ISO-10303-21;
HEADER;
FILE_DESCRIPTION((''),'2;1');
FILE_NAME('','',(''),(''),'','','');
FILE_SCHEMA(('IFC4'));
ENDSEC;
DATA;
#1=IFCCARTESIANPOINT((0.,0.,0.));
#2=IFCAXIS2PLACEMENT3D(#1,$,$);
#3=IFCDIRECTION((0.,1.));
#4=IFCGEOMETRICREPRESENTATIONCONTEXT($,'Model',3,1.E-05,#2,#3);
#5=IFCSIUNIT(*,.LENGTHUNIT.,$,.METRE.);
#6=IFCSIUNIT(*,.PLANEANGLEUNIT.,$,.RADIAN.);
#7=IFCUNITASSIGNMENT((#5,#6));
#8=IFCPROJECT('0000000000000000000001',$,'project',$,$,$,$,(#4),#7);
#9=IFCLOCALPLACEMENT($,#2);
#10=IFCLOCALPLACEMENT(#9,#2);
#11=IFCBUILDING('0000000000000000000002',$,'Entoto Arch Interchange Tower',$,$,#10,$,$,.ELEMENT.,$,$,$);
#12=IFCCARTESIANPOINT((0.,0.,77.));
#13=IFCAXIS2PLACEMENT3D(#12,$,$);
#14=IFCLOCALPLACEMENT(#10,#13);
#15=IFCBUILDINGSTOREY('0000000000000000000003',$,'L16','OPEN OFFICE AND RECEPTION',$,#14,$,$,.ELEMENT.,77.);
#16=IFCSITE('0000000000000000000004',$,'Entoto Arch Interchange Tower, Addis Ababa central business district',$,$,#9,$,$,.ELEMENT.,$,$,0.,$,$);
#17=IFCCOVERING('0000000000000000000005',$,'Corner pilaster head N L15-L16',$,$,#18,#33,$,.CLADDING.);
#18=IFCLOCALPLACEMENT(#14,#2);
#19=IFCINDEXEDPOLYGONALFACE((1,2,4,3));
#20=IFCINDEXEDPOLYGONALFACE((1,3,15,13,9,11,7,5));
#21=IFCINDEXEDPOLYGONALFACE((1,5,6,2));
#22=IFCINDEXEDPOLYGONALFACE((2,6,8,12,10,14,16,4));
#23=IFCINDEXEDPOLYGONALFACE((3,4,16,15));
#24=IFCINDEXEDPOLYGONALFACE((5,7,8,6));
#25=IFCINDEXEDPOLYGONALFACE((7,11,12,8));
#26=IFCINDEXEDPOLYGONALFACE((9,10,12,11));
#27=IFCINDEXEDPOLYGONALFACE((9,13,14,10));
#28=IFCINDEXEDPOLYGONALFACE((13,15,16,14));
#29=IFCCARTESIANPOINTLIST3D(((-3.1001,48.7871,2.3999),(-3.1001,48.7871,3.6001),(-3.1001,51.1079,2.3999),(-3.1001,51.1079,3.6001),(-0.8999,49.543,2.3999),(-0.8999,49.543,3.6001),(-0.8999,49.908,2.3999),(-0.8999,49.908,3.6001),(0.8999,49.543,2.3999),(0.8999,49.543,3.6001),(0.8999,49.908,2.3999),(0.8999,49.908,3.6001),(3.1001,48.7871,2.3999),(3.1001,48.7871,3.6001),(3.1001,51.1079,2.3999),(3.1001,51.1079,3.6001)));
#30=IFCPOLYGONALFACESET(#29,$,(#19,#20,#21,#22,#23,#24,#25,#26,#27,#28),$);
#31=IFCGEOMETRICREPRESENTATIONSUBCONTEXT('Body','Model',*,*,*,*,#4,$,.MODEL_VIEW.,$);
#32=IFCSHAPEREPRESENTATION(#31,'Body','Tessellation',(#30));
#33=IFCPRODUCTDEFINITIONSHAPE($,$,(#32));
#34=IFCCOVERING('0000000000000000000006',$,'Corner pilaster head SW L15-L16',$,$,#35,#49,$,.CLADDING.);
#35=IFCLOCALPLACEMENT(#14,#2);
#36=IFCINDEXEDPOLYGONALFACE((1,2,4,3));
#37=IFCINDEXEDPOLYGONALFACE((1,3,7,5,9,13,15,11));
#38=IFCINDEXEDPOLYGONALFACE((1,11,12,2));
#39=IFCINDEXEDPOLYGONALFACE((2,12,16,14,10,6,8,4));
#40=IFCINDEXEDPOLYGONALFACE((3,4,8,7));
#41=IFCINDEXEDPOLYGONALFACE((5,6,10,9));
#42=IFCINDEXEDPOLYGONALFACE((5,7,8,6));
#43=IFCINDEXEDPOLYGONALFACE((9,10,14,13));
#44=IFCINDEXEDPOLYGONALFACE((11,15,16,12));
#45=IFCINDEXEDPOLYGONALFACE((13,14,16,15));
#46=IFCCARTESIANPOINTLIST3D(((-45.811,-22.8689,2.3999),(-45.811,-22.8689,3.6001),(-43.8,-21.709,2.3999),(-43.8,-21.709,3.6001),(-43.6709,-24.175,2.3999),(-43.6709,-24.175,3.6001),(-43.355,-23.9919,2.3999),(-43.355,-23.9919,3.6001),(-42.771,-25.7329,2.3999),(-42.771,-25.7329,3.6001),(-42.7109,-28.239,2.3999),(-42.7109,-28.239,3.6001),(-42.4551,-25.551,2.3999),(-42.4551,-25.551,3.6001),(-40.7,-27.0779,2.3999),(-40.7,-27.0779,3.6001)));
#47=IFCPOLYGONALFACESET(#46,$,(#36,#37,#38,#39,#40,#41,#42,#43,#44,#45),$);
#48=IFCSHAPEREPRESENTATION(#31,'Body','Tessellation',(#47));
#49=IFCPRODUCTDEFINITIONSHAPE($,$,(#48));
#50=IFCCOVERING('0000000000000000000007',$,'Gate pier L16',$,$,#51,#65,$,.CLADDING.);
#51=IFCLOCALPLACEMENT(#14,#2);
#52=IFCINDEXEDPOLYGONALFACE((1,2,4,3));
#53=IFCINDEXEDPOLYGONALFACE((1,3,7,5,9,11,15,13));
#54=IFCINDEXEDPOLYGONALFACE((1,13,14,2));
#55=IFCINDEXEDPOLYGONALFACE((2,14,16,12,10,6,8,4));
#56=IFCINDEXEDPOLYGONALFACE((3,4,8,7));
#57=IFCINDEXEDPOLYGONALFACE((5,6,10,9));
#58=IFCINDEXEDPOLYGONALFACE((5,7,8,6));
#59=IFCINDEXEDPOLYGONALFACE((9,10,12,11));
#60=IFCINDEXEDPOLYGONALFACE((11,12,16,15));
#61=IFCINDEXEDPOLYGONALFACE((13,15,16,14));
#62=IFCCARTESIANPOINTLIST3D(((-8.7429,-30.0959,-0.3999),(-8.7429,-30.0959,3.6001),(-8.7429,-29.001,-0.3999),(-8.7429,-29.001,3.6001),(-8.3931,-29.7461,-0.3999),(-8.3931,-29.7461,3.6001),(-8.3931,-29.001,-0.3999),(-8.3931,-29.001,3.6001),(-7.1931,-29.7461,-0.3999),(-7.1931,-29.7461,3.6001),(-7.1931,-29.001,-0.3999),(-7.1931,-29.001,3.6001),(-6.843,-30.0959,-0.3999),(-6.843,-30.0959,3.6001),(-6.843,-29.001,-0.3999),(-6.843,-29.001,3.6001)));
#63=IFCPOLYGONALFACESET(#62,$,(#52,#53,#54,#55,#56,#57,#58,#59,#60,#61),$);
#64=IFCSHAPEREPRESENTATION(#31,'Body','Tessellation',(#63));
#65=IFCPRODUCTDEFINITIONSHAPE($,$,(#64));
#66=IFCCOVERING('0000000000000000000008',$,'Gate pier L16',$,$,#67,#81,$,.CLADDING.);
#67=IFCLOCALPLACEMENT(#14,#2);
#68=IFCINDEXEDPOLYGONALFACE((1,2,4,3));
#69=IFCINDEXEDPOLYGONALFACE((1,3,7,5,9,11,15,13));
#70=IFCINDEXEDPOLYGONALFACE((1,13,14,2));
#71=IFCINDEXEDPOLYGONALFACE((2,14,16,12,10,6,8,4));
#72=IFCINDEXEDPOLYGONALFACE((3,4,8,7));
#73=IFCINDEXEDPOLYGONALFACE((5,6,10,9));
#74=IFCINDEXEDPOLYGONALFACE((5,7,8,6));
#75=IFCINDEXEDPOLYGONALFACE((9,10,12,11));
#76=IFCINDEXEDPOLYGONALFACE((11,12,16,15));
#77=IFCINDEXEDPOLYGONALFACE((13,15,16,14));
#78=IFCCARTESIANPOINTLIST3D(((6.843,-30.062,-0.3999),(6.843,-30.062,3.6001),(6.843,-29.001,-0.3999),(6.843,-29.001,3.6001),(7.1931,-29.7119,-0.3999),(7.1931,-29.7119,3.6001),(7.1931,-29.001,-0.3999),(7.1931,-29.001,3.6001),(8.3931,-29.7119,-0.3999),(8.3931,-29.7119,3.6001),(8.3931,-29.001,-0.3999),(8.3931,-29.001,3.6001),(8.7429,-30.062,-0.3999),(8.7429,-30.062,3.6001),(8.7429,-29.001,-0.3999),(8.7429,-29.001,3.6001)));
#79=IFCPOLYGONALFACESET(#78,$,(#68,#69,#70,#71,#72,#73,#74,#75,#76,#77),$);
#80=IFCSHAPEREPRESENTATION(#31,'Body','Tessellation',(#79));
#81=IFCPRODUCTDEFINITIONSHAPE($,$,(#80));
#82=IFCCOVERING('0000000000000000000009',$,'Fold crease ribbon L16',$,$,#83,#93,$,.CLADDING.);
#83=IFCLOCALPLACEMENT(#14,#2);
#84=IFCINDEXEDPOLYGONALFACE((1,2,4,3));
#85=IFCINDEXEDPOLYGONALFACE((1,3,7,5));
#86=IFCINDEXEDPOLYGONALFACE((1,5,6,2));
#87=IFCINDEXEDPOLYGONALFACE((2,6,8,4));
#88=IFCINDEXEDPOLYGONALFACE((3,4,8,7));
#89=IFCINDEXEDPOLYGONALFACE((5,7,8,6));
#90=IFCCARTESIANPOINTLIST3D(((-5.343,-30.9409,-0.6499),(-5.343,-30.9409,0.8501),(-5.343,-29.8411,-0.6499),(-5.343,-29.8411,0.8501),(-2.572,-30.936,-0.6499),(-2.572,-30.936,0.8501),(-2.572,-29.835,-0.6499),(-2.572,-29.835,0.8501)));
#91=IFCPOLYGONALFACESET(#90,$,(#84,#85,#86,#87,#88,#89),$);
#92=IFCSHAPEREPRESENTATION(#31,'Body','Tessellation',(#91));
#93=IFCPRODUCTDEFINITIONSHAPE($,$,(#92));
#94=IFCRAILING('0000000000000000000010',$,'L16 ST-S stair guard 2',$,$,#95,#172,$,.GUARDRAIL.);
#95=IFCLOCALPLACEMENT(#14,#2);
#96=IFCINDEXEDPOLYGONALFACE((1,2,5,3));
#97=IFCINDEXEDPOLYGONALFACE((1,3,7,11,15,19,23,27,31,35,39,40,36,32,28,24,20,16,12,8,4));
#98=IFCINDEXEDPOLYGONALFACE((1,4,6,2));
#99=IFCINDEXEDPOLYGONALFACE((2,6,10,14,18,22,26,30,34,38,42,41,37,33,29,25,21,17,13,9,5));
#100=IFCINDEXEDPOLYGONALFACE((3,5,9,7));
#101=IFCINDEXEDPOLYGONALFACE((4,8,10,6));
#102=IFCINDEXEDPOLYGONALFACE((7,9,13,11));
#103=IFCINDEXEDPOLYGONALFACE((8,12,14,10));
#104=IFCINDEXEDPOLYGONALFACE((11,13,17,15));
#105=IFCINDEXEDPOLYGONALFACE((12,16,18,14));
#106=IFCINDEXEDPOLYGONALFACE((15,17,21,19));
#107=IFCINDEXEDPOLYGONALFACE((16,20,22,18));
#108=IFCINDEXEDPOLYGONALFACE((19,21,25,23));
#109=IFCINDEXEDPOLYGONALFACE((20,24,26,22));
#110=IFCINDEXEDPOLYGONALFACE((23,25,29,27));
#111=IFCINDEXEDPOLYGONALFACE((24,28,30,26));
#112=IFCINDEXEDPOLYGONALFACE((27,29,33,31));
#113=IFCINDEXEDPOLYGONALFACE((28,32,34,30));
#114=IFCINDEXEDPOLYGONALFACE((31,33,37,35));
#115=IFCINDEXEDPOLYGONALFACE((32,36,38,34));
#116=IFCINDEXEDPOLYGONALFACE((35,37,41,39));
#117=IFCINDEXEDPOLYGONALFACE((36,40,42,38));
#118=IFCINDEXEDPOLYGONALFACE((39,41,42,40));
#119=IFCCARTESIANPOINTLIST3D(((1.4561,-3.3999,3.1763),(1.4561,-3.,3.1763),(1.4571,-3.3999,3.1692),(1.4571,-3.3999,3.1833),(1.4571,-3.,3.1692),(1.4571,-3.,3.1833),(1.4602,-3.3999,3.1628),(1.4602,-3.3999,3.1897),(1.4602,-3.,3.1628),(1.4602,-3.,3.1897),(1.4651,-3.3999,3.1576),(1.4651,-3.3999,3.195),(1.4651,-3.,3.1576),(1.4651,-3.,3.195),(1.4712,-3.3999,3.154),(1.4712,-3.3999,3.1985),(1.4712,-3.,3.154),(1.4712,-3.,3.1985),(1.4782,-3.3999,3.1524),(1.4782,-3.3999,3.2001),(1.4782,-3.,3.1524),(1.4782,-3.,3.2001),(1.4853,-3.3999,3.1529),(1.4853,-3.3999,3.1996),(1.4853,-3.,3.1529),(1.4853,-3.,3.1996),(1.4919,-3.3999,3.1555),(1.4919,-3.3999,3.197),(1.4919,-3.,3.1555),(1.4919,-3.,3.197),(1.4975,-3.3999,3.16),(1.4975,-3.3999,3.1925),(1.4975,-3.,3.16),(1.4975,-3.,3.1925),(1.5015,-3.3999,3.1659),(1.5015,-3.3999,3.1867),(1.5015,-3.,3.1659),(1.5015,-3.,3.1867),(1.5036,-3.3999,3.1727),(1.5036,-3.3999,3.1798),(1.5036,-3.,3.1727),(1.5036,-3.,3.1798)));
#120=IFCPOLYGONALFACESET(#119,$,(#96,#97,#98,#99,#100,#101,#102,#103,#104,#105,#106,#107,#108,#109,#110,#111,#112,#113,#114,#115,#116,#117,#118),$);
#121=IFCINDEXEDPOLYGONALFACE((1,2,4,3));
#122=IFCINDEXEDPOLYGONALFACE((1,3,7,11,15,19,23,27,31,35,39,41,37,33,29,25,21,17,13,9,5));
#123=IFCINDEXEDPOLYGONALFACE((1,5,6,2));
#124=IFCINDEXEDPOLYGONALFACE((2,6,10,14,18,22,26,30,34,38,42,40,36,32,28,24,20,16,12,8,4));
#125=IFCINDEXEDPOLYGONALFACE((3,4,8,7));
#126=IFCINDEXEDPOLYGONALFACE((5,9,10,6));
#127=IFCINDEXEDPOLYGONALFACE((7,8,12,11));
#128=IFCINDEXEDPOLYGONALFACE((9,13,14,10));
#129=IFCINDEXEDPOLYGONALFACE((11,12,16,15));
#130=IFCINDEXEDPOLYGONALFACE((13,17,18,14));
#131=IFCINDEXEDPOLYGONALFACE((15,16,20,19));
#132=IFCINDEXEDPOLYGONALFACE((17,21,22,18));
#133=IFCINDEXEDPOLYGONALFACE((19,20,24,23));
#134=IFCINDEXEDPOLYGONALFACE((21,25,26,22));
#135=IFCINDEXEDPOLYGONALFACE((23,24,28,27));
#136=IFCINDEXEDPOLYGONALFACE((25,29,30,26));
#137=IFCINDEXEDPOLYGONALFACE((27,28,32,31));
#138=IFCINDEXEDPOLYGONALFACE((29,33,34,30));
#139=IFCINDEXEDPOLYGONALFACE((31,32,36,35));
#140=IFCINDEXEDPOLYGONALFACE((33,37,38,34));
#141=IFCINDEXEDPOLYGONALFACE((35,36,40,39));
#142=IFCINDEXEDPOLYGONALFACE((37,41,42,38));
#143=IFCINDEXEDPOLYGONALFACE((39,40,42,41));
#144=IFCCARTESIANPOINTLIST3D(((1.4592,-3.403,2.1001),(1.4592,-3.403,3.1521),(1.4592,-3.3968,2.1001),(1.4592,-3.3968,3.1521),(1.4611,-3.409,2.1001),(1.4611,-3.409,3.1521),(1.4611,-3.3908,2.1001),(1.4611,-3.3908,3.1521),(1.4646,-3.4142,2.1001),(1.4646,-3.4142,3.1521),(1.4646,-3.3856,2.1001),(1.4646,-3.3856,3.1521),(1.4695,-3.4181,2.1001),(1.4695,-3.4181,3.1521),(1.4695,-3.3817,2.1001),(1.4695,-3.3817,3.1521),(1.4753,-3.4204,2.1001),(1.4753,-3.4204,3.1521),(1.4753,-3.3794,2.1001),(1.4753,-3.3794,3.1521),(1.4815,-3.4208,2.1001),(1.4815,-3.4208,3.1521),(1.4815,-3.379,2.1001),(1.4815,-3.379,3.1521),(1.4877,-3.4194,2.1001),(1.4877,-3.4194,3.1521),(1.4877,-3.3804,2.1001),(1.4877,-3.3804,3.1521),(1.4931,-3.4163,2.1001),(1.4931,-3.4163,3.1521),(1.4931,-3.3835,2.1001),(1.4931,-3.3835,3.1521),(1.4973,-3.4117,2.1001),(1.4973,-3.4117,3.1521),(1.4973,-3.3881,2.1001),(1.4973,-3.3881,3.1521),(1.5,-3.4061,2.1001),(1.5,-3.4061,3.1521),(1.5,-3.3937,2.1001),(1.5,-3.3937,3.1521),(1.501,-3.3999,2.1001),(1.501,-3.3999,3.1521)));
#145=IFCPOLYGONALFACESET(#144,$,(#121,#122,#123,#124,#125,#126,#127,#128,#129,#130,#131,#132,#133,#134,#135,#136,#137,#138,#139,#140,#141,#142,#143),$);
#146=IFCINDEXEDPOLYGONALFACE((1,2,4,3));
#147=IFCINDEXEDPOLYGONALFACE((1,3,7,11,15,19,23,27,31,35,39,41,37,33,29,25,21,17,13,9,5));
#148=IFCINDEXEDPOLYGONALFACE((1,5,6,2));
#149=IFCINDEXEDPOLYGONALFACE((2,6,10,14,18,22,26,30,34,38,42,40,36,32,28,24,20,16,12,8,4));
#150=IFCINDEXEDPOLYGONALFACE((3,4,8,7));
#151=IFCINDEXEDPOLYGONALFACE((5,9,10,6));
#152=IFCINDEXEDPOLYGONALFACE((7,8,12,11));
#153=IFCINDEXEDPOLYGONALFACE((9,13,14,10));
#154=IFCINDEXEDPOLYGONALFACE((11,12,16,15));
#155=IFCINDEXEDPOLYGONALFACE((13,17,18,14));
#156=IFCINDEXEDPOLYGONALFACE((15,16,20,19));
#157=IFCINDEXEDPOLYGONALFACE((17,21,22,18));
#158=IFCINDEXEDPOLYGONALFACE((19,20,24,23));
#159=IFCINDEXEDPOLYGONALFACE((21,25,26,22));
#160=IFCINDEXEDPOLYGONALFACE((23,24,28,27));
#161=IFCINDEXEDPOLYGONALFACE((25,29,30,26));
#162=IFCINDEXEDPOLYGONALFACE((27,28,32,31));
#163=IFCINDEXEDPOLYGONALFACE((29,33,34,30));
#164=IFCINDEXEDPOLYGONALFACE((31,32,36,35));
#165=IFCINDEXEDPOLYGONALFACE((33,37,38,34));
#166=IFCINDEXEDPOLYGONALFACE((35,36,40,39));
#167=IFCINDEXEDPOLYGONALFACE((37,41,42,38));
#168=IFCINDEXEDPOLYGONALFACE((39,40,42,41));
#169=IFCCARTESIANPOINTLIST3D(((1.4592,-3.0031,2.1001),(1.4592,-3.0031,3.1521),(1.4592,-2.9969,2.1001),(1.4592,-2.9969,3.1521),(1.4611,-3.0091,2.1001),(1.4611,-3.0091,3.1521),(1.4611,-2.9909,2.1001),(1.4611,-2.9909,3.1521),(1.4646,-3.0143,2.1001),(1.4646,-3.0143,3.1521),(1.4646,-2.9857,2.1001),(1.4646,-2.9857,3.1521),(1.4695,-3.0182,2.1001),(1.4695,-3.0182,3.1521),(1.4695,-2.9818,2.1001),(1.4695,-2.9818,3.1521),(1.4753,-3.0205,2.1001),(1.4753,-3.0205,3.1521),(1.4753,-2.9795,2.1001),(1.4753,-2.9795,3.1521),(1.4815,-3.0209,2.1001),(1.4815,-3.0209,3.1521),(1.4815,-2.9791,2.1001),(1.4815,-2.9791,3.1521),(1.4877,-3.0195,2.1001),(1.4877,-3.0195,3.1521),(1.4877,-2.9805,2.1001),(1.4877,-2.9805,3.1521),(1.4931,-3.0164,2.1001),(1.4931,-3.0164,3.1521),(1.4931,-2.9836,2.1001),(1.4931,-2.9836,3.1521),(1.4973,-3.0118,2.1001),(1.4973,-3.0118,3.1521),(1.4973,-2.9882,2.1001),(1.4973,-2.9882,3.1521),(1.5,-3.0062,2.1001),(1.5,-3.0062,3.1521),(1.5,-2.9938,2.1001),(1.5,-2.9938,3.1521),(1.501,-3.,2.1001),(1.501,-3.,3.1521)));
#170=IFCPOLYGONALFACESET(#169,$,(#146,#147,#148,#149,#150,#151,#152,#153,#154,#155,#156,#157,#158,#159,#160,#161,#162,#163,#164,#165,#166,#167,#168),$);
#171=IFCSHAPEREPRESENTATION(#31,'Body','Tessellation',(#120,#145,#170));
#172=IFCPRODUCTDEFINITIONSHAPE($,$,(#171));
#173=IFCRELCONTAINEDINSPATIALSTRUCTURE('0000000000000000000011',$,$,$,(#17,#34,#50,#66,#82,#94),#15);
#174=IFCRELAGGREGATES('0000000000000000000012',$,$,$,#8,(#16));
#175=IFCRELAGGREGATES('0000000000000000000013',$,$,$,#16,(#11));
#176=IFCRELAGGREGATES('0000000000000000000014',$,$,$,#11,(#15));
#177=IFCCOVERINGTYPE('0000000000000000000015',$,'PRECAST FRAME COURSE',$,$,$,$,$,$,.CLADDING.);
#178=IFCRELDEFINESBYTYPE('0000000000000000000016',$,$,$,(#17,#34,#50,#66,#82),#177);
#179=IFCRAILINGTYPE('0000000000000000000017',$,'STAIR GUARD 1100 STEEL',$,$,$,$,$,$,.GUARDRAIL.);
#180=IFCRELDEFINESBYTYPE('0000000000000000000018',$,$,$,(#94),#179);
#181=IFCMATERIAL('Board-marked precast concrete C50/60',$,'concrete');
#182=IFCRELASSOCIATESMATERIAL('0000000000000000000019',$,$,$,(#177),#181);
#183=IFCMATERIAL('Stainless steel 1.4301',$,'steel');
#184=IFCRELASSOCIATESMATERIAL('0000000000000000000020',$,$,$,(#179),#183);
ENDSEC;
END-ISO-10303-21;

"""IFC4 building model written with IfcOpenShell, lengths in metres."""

from ifc_helpers import new_model, si_unit, direction, frame, origin, origin_2d, place, context, subcontext, project, spatial, polyline, circle, outline, extrude, material, type_object, element, save


model = new_model("IFC4")

# Units and contexts
model_context = context("Model", 3, precision=1e-05, world=origin(), true_north=direction((0.0, 1.0)))
body_context = subcontext(model_context, "Body", "Model", "MODEL_VIEW")
ifc_project = project(units=[si_unit("LENGTHUNIT", "METRE"), si_unit("PLANEANGLEUNIT", "RADIAN")], contexts=[model_context])

# Site, building, storey
site_placement = place(None, origin())
site = spatial("IfcSite", under=ifc_project, at=site_placement, Name="Entoto Arch Interchange Tower, Addis Ababa central business district", CompositionType="ELEMENT", RefElevation=0.0)
building_placement = place(site_placement, origin())
building = spatial("IfcBuilding", under=site, at=building_placement, Name="Entoto Arch Interchange Tower", CompositionType="ELEMENT")
storey_placement = place(building_placement, frame((0.0, 0.0, 77.0)))
storey = spatial("IfcBuildingStorey", under=building, at=storey_placement, Name="L16", Description="OPEN OFFICE AND RECEPTION", CompositionType="ELEMENT", Elevation=77.0)

# Coverings
ifc_material_1 = material(Name="Board-marked precast concrete C50/60", Category="concrete")
covering_type = type_object("IfcCoveringType", Name="PRECAST FRAME COURSE", PredefinedType="CLADDING", material=ifc_material_1)
covering_1_placement = place(storey_placement, frame((0.0, 0.0, 2.3999)))
element("IfcCovering", 1, at=covering_1_placement, inside=storey, type_object=covering_type, Name="Corner pilaster head N L15-L16", PredefinedType="CLADDING", context=body_context, shape_type="SweptSolid", body=[
    extrude(outline(polyline([(-3.1001, 51.1079), (3.1001, 51.1079), (3.1001, 48.7871), (0.8999, 49.543), (0.8999, 49.908), (-0.8999, 49.908), (-0.8999, 49.543), (-3.1001, 48.7871), (-3.1001, 51.1079)])), origin(), (0.0, 0.0, 1.0), 1.2002),
])
covering_2_placement = place(storey_placement, frame((0.0, 0.0, 2.3999)))
element("IfcCovering", 2, at=covering_2_placement, inside=storey, type_object=covering_type, Name="Corner pilaster head SW L15-L16", PredefinedType="CLADDING", context=body_context, shape_type="SweptSolid", body=[
    extrude(outline(polyline([(-42.7109, -28.239), (-45.811, -22.8689), (-43.8, -21.709), (-43.355, -23.9919), (-43.6709, -24.175), (-42.771, -25.7329), (-42.4551, -25.551), (-40.7, -27.0779), (-42.7109, -28.239)])), origin(), (0.0, 0.0, 1.0), 1.2002),
])
covering_3_placement = place(storey_placement, frame((0.0, 0.0, -0.3999)))
element("IfcCovering", 3, at=covering_3_placement, inside=storey, type_object=covering_type, Name="Gate pier L16", PredefinedType="CLADDING", context=body_context, shape_type="SweptSolid", body=[
    extrude(outline(polyline([(-8.7429, -29.001), (-8.3931, -29.001), (-8.3931, -29.7461), (-7.1931, -29.7461), (-7.1931, -29.001), (-6.843, -29.001), (-6.843, -30.0959), (-8.7429, -30.0959), (-8.7429, -29.001)])), origin(), (0.0, 0.0, 1.0), 4.0),
])
covering_4_placement = place(storey_placement, frame((0.0, 0.0, -0.3999)))
element("IfcCovering", 4, at=covering_4_placement, inside=storey, type_object=covering_type, Name="Gate pier L16", PredefinedType="CLADDING", context=body_context, shape_type="SweptSolid", body=[
    extrude(outline(polyline([(6.843, -29.001), (7.1931, -29.001), (7.1931, -29.7119), (8.3931, -29.7119), (8.3931, -29.001), (8.7429, -29.001), (8.7429, -30.062), (6.843, -30.062), (6.843, -29.001)])), origin(), (0.0, 0.0, 1.0), 4.0),
])
covering_5_placement = place(storey_placement, frame((0.0, 0.0, -0.6499)))
element("IfcCovering", 5, at=covering_5_placement, inside=storey, type_object=covering_type, Name="Fold crease ribbon L16", PredefinedType="CLADDING", context=body_context, shape_type="SweptSolid", body=[
    extrude(outline(polyline([(-5.343, -30.9409), (-5.343, -29.8411), (-2.572, -29.835), (-2.572, -30.936), (-5.343, -30.9409)])), origin(), (0.0, 0.0, 1.0), 1.5),
])

# Railing
ifc_material_2 = material(Name="Stainless steel 1.4301", Category="steel")
railing_type_1 = type_object("IfcRailingType", Name="STAIR GUARD 1100 STEEL", PredefinedType="GUARDRAIL", material=ifc_material_2)
railing_1_placement = place(storey_placement, frame((1.48, -3.3999, 2.1001)))
element("IfcRailing", 6, at=railing_1_placement, inside=storey, type_object=railing_type_1, Name="L16 ST-S stair guard 2", PredefinedType="GUARDRAIL", context=body_context, shape_type="SweptSolid", body=[
    extrude(circle(Radius=0.0239, at=origin_2d()), frame((0.0, 0.0, 1.0762), z_axis=(0.0, 1.0, 0.0), x_axis=(-1.0, 0.0, 0.0)), (0.0, 0.0, 1.0), 0.3999),
    extrude(circle(Radius=0.021, at=origin_2d()), origin(), (0.0, 0.0, 1.0), 1.052),
    extrude(circle(Radius=0.021, at=origin_2d()), frame((0.0, 0.3999, 0.0)), (0.0, 0.0, 1.0), 1.052),
])

save(model, "model.ifc")
